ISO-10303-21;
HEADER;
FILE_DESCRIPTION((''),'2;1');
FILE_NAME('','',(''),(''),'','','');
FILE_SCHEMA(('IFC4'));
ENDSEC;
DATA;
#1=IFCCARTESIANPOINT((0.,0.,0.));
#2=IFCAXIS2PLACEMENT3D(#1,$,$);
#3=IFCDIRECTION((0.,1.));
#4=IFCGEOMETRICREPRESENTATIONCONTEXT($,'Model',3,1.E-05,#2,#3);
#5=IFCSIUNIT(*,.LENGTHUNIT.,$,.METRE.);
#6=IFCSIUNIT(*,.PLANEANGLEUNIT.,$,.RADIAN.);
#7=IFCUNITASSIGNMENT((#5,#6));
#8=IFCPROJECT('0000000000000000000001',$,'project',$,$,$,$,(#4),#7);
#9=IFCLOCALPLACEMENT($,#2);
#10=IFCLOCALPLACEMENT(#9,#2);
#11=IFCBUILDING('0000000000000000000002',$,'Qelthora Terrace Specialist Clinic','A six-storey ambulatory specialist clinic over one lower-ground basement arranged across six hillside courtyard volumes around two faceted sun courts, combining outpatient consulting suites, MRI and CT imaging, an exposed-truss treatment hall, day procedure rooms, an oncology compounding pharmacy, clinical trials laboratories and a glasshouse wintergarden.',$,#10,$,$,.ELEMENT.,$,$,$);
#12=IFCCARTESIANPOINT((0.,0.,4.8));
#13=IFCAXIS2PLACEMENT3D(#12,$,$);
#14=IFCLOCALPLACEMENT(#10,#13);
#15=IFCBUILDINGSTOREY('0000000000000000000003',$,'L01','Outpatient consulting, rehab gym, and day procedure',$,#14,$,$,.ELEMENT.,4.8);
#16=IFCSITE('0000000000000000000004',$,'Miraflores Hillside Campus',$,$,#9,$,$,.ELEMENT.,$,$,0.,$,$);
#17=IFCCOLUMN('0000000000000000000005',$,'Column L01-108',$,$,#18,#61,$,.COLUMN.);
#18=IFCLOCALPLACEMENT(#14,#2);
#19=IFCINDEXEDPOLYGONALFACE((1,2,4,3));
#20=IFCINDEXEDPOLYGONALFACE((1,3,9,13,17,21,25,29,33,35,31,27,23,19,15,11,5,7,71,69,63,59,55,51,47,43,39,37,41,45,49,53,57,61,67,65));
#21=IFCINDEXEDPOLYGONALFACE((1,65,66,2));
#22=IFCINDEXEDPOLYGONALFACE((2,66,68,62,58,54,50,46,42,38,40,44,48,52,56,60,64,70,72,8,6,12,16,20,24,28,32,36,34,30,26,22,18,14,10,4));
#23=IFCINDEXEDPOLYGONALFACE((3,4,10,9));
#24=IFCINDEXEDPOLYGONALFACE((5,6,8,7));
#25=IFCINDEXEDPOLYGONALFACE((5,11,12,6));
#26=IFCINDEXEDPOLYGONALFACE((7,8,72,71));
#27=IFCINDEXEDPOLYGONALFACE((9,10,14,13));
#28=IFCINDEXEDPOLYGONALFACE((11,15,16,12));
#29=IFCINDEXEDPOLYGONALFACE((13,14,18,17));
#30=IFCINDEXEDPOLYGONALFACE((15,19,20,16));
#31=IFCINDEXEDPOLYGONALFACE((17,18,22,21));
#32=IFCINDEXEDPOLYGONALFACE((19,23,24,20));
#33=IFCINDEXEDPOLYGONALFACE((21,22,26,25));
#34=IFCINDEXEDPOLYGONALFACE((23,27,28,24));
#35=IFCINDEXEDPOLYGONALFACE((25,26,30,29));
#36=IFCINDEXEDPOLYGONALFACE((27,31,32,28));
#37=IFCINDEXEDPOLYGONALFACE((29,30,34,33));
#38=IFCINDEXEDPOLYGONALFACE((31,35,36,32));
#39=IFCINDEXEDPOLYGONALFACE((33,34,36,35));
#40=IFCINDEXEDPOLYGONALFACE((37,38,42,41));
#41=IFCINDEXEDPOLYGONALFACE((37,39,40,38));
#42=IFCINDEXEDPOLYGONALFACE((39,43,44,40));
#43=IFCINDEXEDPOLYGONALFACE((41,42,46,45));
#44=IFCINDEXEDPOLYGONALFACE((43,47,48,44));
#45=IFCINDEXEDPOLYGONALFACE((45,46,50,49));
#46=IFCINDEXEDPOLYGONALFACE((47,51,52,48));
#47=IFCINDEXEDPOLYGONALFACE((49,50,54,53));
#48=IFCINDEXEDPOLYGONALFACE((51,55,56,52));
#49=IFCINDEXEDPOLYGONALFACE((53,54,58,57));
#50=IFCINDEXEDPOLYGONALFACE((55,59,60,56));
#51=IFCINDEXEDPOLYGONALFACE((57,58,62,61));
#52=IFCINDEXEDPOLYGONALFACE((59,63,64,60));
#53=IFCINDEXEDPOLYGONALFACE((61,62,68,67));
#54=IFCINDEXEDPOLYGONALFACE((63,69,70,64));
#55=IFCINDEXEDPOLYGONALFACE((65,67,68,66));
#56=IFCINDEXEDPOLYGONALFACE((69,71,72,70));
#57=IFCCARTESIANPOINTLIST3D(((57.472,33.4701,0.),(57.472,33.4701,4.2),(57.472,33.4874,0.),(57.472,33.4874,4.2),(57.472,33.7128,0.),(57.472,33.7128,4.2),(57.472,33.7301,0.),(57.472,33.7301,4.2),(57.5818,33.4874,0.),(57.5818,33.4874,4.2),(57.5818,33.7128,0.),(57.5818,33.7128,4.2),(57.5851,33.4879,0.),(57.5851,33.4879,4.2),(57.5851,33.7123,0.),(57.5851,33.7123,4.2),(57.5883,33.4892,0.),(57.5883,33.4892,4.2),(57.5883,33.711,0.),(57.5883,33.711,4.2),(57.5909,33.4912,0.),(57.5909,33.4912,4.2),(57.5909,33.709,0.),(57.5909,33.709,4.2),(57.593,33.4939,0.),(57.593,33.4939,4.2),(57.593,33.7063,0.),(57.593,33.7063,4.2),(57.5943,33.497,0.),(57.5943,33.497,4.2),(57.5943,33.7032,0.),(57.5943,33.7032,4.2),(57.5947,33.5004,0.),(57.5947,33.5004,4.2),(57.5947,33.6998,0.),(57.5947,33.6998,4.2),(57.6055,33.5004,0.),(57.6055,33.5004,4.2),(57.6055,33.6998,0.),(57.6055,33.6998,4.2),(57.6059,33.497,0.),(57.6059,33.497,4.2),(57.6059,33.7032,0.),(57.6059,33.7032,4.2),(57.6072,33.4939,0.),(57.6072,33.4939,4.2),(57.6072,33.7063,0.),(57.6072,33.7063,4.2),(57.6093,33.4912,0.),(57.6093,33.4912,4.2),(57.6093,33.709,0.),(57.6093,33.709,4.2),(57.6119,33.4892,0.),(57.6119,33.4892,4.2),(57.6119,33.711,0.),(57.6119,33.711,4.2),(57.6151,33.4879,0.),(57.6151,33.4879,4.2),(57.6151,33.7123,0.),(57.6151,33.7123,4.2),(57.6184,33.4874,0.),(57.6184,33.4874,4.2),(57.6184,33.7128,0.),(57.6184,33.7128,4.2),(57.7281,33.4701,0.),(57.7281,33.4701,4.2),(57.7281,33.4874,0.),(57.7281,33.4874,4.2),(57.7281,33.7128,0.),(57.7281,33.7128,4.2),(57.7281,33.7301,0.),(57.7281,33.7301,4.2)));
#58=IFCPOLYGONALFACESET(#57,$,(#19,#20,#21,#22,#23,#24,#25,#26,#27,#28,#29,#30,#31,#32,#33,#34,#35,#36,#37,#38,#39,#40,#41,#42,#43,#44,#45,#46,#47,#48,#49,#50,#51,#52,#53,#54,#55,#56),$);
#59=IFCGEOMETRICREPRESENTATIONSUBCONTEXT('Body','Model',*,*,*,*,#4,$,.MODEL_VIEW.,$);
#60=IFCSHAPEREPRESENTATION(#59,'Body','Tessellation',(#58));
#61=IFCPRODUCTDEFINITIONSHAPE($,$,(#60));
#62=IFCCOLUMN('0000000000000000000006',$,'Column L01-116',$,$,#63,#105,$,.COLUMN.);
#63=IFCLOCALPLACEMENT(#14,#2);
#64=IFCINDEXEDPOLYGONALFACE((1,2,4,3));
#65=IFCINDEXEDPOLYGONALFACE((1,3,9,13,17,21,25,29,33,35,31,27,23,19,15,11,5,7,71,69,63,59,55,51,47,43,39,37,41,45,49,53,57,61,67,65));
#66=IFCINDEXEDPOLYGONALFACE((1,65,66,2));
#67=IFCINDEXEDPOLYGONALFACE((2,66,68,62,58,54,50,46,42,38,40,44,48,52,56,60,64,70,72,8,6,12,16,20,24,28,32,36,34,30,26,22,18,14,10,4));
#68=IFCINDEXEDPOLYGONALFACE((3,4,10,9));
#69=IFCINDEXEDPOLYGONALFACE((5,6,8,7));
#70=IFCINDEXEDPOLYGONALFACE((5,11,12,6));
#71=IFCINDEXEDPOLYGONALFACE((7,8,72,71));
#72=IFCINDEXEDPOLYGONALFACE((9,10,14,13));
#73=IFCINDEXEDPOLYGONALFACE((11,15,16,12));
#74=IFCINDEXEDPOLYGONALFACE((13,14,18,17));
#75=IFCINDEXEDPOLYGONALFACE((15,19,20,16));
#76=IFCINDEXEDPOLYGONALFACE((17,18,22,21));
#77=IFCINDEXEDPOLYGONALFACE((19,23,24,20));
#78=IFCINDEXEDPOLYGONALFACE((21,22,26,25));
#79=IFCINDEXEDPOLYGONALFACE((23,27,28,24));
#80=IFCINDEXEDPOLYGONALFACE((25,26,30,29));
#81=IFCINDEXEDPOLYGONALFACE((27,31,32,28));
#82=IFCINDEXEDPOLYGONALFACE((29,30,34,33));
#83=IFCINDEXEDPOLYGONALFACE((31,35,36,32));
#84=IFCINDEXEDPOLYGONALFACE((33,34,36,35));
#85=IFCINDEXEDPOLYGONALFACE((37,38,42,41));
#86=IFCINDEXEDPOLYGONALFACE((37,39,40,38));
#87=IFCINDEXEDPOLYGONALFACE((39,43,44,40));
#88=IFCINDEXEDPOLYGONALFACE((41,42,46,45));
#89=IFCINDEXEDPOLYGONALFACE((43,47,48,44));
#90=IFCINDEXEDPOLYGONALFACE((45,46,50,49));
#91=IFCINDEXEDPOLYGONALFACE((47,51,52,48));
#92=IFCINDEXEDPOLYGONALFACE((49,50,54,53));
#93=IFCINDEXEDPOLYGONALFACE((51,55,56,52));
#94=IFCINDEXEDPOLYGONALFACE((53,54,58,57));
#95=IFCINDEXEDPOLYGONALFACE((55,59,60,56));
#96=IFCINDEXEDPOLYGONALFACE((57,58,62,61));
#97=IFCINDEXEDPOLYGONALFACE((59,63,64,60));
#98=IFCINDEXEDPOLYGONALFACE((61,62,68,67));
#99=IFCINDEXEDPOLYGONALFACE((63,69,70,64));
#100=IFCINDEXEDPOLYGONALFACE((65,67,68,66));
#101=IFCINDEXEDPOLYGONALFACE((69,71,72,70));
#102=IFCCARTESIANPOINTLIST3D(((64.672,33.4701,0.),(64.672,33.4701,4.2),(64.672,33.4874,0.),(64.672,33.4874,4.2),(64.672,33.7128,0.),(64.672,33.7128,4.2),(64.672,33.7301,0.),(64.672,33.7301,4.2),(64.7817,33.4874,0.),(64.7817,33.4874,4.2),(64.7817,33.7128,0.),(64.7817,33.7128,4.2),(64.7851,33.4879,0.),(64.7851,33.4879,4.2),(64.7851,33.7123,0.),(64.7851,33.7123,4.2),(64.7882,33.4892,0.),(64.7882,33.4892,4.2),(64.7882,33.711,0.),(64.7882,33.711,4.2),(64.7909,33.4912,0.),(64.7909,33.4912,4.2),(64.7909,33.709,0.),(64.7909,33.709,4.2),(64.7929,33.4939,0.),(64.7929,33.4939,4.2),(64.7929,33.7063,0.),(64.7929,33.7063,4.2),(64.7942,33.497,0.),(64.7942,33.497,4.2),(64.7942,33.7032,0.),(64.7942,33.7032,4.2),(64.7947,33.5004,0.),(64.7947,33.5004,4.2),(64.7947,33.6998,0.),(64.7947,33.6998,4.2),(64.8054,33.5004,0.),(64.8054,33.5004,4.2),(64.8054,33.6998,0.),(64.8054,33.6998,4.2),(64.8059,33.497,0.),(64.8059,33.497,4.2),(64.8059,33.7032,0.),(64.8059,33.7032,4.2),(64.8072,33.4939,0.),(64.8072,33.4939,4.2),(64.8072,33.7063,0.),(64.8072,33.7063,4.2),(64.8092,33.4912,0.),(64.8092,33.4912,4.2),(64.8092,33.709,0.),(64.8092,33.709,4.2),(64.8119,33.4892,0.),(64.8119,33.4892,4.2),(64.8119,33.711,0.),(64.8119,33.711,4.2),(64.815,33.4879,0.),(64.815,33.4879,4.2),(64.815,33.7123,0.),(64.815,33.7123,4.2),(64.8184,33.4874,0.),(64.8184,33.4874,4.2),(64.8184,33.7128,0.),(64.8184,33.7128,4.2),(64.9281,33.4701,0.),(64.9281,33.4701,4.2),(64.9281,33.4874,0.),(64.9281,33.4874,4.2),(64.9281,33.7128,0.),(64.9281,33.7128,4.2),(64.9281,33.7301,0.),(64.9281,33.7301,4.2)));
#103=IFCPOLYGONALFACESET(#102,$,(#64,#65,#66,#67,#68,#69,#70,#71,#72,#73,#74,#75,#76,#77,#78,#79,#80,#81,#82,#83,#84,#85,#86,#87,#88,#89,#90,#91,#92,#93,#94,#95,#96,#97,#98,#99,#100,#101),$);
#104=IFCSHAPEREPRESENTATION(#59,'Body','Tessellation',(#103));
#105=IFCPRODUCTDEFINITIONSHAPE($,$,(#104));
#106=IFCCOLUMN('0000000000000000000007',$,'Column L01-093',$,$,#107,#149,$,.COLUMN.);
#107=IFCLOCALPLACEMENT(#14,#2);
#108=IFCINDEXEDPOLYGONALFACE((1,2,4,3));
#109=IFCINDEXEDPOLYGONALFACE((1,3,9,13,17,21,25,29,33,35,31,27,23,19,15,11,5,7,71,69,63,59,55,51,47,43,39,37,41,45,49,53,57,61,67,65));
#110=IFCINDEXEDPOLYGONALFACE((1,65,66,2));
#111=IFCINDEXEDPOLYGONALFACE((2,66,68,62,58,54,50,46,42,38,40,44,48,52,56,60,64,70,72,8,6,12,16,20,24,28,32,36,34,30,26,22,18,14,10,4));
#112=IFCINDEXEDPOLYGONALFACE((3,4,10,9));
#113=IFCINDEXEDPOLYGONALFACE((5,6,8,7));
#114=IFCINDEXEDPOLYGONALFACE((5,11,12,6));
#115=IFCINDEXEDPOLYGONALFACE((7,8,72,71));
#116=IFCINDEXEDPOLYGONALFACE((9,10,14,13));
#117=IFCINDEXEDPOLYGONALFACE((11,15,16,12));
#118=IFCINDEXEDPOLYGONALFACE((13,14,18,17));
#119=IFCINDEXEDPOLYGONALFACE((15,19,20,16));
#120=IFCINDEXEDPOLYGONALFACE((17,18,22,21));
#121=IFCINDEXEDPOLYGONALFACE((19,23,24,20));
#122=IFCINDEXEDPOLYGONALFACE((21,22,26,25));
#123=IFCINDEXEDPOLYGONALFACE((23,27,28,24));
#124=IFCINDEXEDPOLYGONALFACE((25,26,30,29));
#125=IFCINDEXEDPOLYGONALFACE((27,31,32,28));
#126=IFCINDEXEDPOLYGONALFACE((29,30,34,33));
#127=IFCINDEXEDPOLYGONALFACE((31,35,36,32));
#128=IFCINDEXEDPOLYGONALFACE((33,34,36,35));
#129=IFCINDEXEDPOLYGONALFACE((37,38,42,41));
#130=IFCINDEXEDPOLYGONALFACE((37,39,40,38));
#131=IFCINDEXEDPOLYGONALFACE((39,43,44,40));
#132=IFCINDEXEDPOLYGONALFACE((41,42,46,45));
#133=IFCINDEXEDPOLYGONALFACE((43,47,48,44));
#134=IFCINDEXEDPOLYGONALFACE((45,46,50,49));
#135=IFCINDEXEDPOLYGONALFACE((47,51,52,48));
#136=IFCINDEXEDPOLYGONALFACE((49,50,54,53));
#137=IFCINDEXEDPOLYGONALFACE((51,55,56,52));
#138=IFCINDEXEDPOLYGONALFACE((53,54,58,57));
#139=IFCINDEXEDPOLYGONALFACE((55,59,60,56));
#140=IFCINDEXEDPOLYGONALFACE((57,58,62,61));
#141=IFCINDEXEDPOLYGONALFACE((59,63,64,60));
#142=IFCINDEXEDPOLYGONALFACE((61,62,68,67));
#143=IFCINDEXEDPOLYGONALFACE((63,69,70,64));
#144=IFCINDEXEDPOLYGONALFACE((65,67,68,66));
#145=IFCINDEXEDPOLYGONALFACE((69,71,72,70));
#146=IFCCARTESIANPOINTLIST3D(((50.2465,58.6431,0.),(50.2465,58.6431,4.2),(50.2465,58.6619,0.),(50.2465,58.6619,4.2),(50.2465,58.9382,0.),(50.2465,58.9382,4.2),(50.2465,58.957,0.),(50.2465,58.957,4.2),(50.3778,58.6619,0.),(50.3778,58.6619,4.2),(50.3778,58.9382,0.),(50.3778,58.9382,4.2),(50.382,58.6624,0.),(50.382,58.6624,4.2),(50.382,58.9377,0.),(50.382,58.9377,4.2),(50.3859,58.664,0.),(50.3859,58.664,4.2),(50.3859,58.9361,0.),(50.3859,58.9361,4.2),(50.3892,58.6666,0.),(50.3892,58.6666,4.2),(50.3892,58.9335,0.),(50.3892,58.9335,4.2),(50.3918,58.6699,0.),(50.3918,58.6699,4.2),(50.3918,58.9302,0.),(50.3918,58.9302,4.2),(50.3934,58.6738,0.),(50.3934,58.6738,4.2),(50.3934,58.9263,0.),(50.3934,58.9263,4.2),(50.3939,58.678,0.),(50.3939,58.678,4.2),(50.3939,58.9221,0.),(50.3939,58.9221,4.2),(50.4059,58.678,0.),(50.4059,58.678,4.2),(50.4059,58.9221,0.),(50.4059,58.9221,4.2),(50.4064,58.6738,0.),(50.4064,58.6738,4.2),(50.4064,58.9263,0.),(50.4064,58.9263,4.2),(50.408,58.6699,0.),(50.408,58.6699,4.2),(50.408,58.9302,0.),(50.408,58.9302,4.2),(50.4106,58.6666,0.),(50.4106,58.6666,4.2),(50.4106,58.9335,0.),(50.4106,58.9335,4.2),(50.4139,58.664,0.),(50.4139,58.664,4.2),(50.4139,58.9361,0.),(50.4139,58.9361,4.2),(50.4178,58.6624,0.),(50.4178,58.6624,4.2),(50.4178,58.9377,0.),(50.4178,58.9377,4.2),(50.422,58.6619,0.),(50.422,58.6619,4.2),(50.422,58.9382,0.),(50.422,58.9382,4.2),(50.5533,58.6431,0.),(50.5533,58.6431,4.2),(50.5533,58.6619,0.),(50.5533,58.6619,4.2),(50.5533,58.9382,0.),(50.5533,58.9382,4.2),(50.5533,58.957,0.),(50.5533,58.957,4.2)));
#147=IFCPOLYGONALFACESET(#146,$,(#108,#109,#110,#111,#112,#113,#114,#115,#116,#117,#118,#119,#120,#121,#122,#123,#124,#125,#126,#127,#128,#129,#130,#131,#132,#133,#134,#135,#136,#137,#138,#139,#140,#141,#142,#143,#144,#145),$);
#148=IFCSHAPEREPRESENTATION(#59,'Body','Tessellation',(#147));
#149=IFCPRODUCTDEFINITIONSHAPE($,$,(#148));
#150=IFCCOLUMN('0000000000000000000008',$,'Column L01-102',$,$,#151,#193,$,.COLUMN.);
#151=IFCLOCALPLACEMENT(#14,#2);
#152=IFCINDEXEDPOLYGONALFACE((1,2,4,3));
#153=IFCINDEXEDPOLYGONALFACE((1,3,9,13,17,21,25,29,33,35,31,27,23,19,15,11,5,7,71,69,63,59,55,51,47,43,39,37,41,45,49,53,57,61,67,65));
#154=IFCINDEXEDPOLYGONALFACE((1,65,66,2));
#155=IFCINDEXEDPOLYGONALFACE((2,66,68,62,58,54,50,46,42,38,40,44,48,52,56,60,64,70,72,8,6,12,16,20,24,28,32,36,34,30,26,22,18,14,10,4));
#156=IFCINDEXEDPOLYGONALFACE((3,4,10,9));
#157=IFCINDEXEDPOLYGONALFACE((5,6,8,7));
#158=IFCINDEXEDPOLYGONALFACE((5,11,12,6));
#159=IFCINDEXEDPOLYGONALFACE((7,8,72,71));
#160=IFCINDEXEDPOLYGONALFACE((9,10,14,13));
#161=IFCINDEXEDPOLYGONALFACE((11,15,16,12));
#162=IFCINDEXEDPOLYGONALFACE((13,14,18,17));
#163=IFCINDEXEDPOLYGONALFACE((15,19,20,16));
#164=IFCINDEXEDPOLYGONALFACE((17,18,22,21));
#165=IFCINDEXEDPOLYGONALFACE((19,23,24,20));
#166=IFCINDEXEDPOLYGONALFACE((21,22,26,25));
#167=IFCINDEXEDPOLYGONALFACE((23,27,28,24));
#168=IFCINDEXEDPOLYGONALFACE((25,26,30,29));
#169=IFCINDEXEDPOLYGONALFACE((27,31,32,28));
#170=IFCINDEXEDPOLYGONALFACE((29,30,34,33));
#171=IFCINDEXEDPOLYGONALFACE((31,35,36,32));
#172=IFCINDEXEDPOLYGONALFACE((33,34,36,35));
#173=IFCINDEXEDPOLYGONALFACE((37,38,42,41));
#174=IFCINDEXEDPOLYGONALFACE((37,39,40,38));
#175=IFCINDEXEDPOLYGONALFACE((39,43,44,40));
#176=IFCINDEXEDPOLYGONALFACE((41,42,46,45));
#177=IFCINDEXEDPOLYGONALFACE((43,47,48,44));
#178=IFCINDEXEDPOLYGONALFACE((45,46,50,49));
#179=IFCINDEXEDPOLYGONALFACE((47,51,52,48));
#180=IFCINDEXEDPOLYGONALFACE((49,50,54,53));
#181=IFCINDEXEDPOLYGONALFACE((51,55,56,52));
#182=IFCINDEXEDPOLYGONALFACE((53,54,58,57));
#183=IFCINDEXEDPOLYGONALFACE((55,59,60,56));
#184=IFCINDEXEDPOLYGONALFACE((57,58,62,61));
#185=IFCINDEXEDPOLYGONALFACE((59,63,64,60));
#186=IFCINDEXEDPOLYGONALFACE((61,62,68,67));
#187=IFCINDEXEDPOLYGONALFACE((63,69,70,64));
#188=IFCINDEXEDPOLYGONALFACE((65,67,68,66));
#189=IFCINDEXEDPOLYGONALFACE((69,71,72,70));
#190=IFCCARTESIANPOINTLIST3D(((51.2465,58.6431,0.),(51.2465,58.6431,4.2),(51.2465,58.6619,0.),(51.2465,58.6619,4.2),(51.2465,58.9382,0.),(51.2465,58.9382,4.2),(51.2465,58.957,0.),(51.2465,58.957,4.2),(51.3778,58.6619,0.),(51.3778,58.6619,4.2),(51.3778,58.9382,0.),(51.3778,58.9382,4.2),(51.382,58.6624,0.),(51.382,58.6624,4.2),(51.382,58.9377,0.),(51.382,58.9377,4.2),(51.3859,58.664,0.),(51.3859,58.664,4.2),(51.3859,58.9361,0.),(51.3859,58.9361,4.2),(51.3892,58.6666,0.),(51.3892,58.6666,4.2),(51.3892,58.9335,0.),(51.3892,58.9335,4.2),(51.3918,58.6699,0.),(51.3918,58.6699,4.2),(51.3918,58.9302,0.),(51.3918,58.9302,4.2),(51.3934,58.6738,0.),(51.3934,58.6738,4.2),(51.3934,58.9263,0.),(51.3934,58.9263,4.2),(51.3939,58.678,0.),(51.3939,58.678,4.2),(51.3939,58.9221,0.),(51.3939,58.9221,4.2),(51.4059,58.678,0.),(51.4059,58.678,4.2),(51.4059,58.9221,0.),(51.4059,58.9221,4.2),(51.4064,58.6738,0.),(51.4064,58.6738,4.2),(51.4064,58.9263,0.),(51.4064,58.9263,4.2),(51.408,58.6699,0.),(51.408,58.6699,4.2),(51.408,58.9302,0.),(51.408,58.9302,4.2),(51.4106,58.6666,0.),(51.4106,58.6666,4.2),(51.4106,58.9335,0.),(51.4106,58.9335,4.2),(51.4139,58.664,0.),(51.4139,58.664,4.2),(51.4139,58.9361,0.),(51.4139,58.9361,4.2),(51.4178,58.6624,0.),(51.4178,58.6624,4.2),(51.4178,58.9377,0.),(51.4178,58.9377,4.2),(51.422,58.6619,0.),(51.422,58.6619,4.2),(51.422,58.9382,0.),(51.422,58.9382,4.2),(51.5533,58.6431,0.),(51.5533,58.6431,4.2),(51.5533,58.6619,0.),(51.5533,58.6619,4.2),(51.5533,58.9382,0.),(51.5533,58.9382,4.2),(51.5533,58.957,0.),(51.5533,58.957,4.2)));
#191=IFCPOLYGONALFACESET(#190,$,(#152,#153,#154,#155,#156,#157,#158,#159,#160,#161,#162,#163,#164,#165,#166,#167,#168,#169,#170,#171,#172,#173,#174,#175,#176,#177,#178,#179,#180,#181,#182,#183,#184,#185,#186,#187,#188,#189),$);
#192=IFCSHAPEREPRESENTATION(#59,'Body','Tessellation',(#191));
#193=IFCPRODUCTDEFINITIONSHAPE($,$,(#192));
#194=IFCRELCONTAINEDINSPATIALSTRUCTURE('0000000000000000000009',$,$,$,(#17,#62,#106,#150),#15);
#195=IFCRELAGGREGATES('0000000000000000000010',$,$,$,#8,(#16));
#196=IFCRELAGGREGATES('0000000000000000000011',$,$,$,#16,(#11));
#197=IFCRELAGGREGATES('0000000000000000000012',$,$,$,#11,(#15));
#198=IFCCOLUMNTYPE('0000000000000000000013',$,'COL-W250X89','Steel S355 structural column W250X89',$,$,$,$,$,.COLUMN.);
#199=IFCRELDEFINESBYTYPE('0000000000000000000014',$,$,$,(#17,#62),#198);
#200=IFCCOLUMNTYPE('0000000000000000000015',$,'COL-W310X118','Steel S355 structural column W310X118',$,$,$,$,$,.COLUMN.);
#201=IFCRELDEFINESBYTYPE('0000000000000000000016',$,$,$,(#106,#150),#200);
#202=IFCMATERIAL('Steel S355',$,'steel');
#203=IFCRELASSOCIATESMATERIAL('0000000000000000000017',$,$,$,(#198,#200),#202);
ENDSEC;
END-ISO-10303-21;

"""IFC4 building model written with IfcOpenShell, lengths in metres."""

from ifc_helpers import new_model, si_unit, direction, frame, origin, origin_2d, place, context, subcontext, project, spatial, i_section, extrude, material, material_profile, profile_set, type_object, element, save


model = new_model("IFC4")

# Units and contexts
model_context = context("Model", 3, precision=1e-05, world=origin(), true_north=direction((0.0, 1.0)))
body_context = subcontext(model_context, "Body", "Model", "MODEL_VIEW")
ifc_project = project(units=[si_unit("LENGTHUNIT", "METRE"), si_unit("PLANEANGLEUNIT", "RADIAN")], contexts=[model_context])

# Site, building, storey
site_placement = place(None, origin())
site = spatial("IfcSite", under=ifc_project, at=site_placement, Name="Miraflores Hillside Campus", CompositionType="ELEMENT", RefElevation=0.0)
building_placement = place(site_placement, origin())
building = spatial("IfcBuilding", under=site, at=building_placement, Name="Qelthora Terrace Specialist Clinic", Description="A six-storey ambulatory specialist clinic over one lower-ground basement arranged across six hillside courtyard volumes around two faceted sun courts, combining outpatient consulting suites, MRI and CT imaging, an exposed-truss treatment hall, day procedure rooms, an oncology compounding pharmacy, clinical trials laboratories and a glasshouse wintergarden.", CompositionType="ELEMENT")
storey_placement = place(building_placement, frame((0.0, 0.0, 4.8)))
storey = spatial("IfcBuildingStorey", under=building, at=storey_placement, Name="L01", Description="Outpatient consulting, rehab gym, and day procedure", CompositionType="ELEMENT", Elevation=4.8)

# Columns
ifc_material_1 = material(Name="Steel S355", Category="steel")
ifc_material_profile_1 = material_profile(ifc_material_1, i_section(OverallWidth=0.2561, OverallDepth=0.26, WebThickness=0.0107, FlangeThickness=0.0173, FilletRadius=0.0129, at=origin_2d()), Name="W250X89")
ifc_profile_set_1 = profile_set([ifc_material_profile_1], Name="Steel S355")
column_type_1 = type_object("IfcColumnType", Name="COL-W250X89", Description="Steel S355 structural column W250X89", PredefinedType="COLUMN", material=ifc_profile_set_1)
for number, where, z_axis, x_axis, name in (
    (1, (57.6001, 33.6001, 0.0), (0.0, 0.0, 1.0), (1.0, 0.0, 0.0), "Column L01-108"),
    (2, (64.8, 33.6001, 0.0), (0.0, 0.0, 1.0), (1.0, 0.0, 0.0), "Column L01-116"),
):
    element("IfcColumn", number, at=place(storey_placement, frame(where, z_axis=z_axis, x_axis=x_axis)), inside=storey, type_object=column_type_1, Name=name, PredefinedType="COLUMN", context=body_context, shape_type="SweptSolid", body=[
        extrude(i_section(OverallWidth=0.2561, OverallDepth=0.26, WebThickness=0.0107, FlangeThickness=0.0173, FilletRadius=0.0129, at=origin_2d()), origin(), (0.0, 0.0, 1.0), 4.2),
    ])
ifc_material_profile_2 = material_profile(ifc_material_1, i_section(OverallWidth=0.3069, OverallDepth=0.314, WebThickness=0.012, FlangeThickness=0.0188, FilletRadius=0.0161, at=origin_2d()), Name="W310X118")
ifc_profile_set_2 = profile_set([ifc_material_profile_2], Name="Steel S355")
column_type_2 = type_object("IfcColumnType", Name="COL-W310X118", Description="Steel S355 structural column W310X118", PredefinedType="COLUMN", material=ifc_profile_set_2)
for number, where, z_axis, x_axis, name in (
    (3, (50.3999, 58.8, 0.0), (0.0, 0.0, 1.0), (1.0, 0.0, 0.0), "Column L01-093"),
    (4, (51.3999, 58.8, 0.0), (0.0, 0.0, 1.0), (1.0, 0.0, 0.0), "Column L01-102"),
):
    element("IfcColumn", number, at=place(storey_placement, frame(where, z_axis=z_axis, x_axis=x_axis)), inside=storey, type_object=column_type_2, Name=name, PredefinedType="COLUMN", context=body_context, shape_type="SweptSolid", body=[
        extrude(i_section(OverallWidth=0.3069, OverallDepth=0.314, WebThickness=0.012, FlangeThickness=0.0188, FilletRadius=0.0161, at=origin_2d()), origin(), (0.0, 0.0, 1.0), 4.2),
    ])

save(model, "model.ifc")
